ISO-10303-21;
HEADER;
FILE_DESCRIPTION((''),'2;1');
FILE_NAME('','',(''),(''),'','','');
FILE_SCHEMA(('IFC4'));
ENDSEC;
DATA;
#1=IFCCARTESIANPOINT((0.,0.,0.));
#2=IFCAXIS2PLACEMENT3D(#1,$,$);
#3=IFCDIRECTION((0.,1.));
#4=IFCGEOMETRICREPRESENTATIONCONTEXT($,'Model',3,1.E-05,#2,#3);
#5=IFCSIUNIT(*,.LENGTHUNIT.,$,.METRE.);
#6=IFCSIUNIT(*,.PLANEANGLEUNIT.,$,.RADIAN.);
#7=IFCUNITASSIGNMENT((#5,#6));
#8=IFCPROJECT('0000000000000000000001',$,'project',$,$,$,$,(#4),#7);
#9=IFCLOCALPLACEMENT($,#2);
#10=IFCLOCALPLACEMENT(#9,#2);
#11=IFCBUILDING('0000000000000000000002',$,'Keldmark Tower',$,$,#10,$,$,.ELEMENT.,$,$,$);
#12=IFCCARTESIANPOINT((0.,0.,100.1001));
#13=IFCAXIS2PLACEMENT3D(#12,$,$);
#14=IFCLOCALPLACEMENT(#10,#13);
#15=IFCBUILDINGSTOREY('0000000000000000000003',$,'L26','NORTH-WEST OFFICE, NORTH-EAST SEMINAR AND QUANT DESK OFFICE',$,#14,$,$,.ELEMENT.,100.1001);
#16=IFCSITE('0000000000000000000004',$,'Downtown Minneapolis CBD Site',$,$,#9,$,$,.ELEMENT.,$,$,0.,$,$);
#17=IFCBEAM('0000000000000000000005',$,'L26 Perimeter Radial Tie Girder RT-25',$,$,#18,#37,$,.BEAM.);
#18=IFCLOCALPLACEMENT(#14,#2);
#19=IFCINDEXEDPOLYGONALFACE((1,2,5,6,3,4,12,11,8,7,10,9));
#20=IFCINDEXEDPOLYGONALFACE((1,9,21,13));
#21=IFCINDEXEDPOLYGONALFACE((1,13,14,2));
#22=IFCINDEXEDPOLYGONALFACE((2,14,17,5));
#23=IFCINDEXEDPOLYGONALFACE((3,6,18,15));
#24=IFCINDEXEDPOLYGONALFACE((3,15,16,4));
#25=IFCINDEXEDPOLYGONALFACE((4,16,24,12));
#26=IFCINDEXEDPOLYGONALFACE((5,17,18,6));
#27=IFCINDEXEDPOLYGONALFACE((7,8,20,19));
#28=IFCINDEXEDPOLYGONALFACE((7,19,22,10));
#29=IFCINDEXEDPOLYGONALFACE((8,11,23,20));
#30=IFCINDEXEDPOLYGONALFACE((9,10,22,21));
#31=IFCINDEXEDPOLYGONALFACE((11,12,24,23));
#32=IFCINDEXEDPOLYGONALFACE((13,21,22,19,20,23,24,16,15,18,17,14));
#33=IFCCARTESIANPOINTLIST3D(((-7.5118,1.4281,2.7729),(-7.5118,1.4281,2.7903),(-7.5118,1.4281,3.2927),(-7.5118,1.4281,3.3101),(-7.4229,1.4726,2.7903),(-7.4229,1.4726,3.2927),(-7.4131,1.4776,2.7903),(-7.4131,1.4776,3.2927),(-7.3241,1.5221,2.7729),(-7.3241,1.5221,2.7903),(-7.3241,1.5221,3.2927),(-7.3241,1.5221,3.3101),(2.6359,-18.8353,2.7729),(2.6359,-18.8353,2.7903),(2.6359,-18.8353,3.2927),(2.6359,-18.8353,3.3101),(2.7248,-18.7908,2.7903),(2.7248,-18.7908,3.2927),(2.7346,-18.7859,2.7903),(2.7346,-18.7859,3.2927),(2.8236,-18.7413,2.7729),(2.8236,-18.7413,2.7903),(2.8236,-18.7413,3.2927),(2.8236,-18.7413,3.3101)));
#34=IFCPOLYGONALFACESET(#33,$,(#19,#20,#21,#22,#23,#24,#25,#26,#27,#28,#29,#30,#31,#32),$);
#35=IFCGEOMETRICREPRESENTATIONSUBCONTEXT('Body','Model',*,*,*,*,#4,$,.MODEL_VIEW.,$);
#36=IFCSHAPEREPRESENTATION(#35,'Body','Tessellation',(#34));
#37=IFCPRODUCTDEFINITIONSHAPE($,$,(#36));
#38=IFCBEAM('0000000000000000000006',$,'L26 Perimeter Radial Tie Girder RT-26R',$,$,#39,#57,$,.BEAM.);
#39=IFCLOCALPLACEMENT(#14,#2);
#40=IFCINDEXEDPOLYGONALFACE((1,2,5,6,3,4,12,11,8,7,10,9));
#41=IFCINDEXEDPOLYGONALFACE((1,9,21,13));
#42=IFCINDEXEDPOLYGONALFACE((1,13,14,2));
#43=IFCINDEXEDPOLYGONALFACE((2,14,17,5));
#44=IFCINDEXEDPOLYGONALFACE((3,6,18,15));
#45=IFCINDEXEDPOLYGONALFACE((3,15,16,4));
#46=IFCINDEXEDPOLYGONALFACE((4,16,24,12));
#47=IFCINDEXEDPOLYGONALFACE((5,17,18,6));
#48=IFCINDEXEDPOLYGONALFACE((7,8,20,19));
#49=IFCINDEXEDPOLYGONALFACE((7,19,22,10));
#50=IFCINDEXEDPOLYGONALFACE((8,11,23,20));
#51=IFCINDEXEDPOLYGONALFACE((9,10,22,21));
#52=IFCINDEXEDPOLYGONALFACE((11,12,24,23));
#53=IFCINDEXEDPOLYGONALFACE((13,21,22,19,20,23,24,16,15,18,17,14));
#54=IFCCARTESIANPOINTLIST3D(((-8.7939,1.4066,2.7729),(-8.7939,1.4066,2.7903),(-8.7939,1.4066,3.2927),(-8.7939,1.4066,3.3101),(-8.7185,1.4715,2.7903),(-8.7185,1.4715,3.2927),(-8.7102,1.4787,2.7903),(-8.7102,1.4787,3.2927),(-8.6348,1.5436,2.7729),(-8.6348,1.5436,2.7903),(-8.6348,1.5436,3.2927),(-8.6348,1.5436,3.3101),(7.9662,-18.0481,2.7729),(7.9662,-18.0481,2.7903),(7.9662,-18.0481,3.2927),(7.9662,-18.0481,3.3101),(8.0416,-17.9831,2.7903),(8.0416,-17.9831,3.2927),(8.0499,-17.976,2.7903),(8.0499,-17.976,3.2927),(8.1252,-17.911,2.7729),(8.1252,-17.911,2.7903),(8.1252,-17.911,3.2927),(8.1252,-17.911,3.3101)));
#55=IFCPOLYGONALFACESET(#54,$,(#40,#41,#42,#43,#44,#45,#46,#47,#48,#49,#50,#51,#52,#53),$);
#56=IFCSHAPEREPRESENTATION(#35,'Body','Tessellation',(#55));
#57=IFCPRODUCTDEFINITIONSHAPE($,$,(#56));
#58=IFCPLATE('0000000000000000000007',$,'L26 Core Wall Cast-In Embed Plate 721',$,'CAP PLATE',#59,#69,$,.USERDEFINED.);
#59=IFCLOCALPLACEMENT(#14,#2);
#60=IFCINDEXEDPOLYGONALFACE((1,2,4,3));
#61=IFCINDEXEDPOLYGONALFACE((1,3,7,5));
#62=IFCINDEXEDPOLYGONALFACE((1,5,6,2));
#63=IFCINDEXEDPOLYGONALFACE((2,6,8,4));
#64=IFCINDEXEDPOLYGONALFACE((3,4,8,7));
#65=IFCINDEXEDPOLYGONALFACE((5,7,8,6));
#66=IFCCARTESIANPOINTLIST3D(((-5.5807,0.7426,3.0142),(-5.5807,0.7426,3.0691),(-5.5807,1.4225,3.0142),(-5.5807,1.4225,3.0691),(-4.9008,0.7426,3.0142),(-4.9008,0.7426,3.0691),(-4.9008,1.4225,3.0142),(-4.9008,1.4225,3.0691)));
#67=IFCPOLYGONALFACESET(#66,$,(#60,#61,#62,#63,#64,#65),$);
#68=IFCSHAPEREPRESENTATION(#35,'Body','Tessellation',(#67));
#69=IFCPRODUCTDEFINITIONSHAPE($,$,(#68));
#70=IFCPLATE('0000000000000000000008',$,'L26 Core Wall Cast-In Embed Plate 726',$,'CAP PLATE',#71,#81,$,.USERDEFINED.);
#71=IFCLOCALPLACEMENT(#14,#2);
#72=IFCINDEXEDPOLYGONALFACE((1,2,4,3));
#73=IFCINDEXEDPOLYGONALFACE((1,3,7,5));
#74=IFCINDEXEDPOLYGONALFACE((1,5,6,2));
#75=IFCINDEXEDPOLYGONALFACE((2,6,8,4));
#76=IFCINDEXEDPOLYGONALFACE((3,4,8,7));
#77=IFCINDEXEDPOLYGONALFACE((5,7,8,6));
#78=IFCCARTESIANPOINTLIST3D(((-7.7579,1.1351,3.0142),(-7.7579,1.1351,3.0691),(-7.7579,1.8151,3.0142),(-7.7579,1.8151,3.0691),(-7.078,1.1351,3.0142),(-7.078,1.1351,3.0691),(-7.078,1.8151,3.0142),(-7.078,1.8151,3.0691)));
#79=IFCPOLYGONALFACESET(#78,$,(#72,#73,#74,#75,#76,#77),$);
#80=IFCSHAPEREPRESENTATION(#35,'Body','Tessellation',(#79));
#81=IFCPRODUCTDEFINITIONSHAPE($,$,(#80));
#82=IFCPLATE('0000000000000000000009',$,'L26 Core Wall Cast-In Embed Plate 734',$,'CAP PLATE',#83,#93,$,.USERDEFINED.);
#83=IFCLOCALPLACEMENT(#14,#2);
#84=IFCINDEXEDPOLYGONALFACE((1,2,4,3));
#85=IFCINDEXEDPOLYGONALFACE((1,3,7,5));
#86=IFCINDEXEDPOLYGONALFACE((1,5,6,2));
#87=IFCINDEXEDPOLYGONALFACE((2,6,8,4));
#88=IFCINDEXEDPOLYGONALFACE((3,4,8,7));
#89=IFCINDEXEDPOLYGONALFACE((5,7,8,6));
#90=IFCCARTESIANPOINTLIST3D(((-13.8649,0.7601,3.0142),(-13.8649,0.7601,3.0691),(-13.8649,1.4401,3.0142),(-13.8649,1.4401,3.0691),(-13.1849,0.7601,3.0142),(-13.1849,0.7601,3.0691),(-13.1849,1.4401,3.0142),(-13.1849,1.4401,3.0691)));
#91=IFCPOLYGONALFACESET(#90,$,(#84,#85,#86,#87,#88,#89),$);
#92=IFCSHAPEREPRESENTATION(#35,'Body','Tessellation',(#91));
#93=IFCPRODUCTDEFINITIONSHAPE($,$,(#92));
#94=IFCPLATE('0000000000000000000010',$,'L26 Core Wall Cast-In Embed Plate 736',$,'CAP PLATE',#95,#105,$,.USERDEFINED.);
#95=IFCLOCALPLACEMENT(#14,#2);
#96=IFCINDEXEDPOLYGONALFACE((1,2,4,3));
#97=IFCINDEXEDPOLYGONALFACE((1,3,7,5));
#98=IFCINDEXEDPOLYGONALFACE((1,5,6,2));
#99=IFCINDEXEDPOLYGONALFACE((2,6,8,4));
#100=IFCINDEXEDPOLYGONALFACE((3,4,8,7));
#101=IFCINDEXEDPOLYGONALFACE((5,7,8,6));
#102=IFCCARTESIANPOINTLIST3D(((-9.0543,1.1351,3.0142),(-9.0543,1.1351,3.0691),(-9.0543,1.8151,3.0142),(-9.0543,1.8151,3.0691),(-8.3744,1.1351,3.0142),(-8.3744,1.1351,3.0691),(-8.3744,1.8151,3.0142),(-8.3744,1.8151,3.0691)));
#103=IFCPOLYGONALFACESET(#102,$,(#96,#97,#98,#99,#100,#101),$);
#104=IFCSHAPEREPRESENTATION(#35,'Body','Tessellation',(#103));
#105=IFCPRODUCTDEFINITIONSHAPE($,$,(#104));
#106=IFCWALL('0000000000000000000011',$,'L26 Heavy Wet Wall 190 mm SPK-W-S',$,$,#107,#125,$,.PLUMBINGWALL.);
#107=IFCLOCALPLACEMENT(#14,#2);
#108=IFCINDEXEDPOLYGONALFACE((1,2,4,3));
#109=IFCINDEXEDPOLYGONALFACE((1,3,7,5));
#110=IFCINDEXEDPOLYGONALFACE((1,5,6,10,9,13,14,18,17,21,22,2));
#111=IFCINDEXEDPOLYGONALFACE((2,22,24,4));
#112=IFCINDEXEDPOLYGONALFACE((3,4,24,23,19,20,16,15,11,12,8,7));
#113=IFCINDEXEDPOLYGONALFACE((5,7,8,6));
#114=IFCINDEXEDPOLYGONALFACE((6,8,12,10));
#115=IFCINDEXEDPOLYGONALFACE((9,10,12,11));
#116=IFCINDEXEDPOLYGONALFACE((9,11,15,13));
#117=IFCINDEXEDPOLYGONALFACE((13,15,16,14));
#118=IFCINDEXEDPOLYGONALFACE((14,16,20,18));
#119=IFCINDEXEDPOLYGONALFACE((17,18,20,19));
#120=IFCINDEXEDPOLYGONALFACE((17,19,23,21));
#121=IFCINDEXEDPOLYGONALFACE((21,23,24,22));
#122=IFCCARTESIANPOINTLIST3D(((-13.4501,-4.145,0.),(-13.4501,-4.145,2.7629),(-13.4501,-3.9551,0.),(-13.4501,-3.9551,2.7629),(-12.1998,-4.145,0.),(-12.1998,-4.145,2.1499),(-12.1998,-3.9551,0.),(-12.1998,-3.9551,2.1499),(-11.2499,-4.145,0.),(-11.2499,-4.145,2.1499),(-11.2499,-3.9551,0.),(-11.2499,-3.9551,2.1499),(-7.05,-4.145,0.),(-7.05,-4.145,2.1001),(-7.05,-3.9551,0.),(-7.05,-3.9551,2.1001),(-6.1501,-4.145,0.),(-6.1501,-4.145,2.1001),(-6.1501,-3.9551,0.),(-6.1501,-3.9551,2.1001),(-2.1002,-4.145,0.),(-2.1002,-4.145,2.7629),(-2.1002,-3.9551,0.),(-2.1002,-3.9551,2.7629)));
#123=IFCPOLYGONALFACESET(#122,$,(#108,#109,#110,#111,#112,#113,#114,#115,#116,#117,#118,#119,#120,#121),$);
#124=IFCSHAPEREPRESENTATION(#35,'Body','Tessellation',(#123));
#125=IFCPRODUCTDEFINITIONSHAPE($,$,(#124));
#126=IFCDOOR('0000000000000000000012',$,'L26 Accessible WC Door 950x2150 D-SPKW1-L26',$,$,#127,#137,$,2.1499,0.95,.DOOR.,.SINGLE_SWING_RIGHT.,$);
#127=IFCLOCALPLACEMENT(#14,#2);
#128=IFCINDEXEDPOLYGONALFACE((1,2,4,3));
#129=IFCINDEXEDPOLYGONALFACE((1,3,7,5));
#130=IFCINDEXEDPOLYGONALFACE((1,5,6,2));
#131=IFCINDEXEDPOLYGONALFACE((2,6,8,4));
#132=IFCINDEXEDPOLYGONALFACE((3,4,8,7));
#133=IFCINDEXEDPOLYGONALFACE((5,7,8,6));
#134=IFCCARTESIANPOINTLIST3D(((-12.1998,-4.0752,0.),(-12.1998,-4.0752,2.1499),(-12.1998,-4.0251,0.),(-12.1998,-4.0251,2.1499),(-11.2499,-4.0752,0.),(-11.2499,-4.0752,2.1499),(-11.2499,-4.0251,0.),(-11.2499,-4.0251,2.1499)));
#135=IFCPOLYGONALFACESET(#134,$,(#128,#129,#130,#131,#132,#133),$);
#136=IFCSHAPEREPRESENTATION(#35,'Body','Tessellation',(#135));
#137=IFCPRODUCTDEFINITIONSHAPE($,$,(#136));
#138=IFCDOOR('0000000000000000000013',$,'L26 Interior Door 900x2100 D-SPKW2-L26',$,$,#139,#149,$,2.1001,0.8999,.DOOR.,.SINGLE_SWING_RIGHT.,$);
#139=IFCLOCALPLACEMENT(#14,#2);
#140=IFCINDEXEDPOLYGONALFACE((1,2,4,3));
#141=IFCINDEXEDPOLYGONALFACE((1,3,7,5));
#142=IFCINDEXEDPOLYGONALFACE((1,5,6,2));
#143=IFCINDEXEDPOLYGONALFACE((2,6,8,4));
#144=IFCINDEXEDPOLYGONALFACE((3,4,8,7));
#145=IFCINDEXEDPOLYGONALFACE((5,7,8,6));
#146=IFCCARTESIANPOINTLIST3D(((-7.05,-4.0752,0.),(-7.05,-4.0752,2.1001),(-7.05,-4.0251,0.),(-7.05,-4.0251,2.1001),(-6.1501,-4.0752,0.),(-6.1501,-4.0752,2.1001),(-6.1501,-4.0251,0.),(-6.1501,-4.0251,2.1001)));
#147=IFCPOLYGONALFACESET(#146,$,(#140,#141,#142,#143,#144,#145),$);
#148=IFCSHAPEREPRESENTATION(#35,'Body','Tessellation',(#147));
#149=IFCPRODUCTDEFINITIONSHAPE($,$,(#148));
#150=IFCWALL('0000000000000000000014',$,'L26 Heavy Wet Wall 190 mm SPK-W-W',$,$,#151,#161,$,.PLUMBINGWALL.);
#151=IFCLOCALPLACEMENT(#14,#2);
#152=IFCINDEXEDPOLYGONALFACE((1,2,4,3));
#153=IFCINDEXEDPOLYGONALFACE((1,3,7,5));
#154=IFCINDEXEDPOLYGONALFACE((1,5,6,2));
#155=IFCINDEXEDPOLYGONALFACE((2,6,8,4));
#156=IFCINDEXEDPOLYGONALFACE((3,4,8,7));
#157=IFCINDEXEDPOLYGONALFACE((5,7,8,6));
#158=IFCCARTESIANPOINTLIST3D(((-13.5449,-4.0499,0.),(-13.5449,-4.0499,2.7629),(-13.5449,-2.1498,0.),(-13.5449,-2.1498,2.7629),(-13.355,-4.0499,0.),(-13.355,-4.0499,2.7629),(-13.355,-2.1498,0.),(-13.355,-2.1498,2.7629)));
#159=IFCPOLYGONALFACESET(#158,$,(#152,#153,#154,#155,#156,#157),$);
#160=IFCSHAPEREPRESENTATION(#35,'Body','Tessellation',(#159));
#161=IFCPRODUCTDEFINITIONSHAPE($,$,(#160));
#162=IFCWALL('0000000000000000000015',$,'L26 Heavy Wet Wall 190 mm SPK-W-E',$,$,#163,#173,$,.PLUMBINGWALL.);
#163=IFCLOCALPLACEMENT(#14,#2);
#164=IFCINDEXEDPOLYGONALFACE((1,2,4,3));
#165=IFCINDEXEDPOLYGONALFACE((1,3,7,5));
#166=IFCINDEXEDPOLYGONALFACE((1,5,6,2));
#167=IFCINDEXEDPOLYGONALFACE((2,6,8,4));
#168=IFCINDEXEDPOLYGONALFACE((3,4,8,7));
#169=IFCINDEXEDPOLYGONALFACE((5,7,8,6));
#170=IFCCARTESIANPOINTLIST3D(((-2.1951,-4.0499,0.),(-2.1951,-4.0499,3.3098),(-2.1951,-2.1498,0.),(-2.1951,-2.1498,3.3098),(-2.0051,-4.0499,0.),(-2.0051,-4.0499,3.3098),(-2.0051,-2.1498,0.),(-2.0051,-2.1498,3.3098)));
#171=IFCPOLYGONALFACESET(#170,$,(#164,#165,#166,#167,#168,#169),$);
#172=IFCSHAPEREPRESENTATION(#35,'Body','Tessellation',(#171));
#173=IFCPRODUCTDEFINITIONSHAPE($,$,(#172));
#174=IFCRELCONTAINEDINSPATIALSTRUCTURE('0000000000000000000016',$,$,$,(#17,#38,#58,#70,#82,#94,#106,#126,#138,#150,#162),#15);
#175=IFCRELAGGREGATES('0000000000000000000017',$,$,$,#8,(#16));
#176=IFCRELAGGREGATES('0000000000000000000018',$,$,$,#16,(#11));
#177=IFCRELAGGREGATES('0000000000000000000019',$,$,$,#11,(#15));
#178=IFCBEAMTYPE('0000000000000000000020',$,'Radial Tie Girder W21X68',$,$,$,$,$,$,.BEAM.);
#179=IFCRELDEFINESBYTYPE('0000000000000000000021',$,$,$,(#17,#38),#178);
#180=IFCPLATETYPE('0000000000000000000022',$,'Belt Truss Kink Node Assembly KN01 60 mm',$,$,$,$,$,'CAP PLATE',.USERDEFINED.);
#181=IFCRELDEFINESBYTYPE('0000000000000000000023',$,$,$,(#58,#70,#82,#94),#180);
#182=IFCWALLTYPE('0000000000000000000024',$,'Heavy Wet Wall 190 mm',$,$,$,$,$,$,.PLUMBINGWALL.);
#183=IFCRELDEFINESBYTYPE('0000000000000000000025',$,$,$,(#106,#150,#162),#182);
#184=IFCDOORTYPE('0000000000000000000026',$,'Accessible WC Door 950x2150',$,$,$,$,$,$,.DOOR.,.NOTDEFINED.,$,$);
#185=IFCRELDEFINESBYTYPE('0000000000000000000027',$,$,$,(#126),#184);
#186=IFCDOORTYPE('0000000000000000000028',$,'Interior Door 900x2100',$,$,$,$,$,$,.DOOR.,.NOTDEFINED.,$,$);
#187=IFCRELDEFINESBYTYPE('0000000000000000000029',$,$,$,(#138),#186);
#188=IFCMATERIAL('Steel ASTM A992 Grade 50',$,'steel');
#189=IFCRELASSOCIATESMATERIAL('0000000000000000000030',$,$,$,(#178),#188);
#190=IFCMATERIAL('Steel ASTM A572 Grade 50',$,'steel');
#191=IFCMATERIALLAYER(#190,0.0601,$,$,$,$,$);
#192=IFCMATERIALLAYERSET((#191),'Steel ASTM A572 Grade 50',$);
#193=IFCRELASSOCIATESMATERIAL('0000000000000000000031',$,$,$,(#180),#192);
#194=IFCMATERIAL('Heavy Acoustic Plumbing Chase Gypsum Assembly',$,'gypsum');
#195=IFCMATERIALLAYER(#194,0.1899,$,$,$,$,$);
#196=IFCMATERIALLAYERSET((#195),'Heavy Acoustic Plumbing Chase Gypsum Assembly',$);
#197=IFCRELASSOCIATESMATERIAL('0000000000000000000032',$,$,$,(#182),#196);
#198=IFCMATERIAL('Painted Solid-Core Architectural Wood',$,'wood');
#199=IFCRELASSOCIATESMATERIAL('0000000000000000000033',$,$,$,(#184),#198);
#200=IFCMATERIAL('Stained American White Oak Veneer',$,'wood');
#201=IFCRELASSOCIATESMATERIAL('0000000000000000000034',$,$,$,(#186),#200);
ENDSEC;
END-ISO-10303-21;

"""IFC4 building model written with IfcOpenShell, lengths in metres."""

from ifc_helpers import new_model, si_unit, direction, frame, frame_2d, origin, origin_2d, place, context, subcontext, project, spatial, rectangle, i_section, extrude, material, layer, layer_set, material_profile, profile_set, type_object, element, fill, save


model = new_model("IFC4")

# Units and contexts
model_context = context("Model", 3, precision=1e-05, world=origin(), true_north=direction((0.0, 1.0)))
body_context = subcontext(model_context, "Body", "Model", "MODEL_VIEW")
ifc_project = project(units=[si_unit("LENGTHUNIT", "METRE"), si_unit("PLANEANGLEUNIT", "RADIAN")], contexts=[model_context])

# Site, building, storey
site_placement = place(None, origin())
site = spatial("IfcSite", under=ifc_project, at=site_placement, Name="Downtown Minneapolis CBD Site", CompositionType="ELEMENT", RefElevation=0.0)
building_placement = place(site_placement, origin())
building = spatial("IfcBuilding", under=site, at=building_placement, Name="Keldmark Tower", CompositionType="ELEMENT")
storey_placement = place(building_placement, frame((0.0, 0.0, 100.1001)))
storey = spatial("IfcBuildingStorey", under=building, at=storey_placement, Name="L26", Description="NORTH-WEST OFFICE, NORTH-EAST SEMINAR AND QUANT DESK OFFICE", CompositionType="ELEMENT", Elevation=100.1001)

# Beams
ifc_material_1 = material(Name="Steel ASTM A992 Grade 50", Category="steel")
ifc_material_profile_1 = material_profile(ifc_material_1, i_section(OverallWidth=0.21, OverallDepth=0.5371, WebThickness=0.011, FlangeThickness=0.0173, at=origin_2d()), Name="W21X68")
ifc_profile_set_1 = profile_set([ifc_material_profile_1], Name="Steel ASTM A992 Grade 50")
beam_type_1 = type_object("IfcBeamType", Name="Radial Tie Girder W21X68", PredefinedType="BEAM", material=ifc_profile_set_1)
beam_1_placement = place(storey_placement, frame((-7.418, 1.4751, 3.0415), z_axis=(0.447778, -0.894145, 0.0), x_axis=(0.894145, 0.447778, 0.0)))
element("IfcBeam", 1, at=beam_1_placement, inside=storey, type_object=beam_type_1, Name="L26 Perimeter Radial Tie Girder RT-25", PredefinedType="BEAM", context=body_context, shape_type="SweptSolid", body=[
    extrude(i_section(OverallWidth=0.21, OverallDepth=0.5371, WebThickness=0.011, FlangeThickness=0.0173, at=origin_2d()), origin(), (0.0, 0.0, 1.0), 22.6624),
])
beam_2_placement = place(storey_placement, frame((-8.7144, 1.4751, 3.0415), z_axis=(0.65269, -0.757625, 0.0), x_axis=(0.757625, 0.65269, 0.0)))
element("IfcBeam", 2, at=beam_2_placement, inside=storey, type_object=beam_type_1, Name="L26 Perimeter Radial Tie Girder RT-26R", PredefinedType="BEAM", context=body_context, shape_type="SweptSolid", body=[
    extrude(i_section(OverallWidth=0.21, OverallDepth=0.5371, WebThickness=0.011, FlangeThickness=0.0173, at=origin_2d()), origin(), (0.0, 0.0, 1.0), 25.6785),
])

# Plates
ifc_material_2 = material(Name="Steel ASTM A572 Grade 50", Category="steel")
ifc_layer_1 = layer(ifc_material_2, 0.0601)
ifc_layer_set_1 = layer_set([ifc_layer_1], Name="Steel ASTM A572 Grade 50")
plate_type = type_object("IfcPlateType", Name="Belt Truss Kink Node Assembly KN01 60 mm", ElementType="CAP PLATE", PredefinedType="USERDEFINED", material=ifc_layer_set_1)
for number, where, z_axis, x_axis, name in (
    (3, (-5.2407, 1.0825, 3.0142), (0.0, 0.0, 1.0), (1.0, 0.0, 0.0), "L26 Core Wall Cast-In Embed Plate 721"),
    (4, (-7.418, 1.4751, 3.0142), (0.0, 0.0, 1.0), (1.0, 0.0, 0.0), "L26 Core Wall Cast-In Embed Plate 726"),
    (5, (-13.5249, 1.1001, 3.0142), (0.0, 0.0, 1.0), (1.0, 0.0, 0.0), "L26 Core Wall Cast-In Embed Plate 734"),
    (6, (-8.7144, 1.4751, 3.0142), (0.0, 0.0, 1.0), (1.0, 0.0, 0.0), "L26 Core Wall Cast-In Embed Plate 736"),
):
    element("IfcPlate", number, at=place(storey_placement, frame(where, z_axis=z_axis, x_axis=x_axis)), inside=storey, type_object=plate_type, Name=name, ObjectType="CAP PLATE", PredefinedType="USERDEFINED", context=body_context, shape_type="SweptSolid", body=[
        extrude(rectangle(XDim=0.6799, YDim=0.6799, at=origin_2d()), origin(), (0.0, 0.0, 1.0), 0.0549),
    ])

# Wall, openings, doors
ifc_material_3 = material(Name="Heavy Acoustic Plumbing Chase Gypsum Assembly", Category="gypsum")
ifc_layer_2 = layer(ifc_material_3, 0.1899)
ifc_layer_set_2 = layer_set([ifc_layer_2], Name="Heavy Acoustic Plumbing Chase Gypsum Assembly")
wall_type_1 = type_object("IfcWallType", Name="Heavy Wet Wall 190 mm", PredefinedType="PLUMBINGWALL", material=ifc_layer_set_2)
wall_1_placement = place(storey_placement, frame((-13.45, -4.05, 0.0), z_axis=(0.0, 0.0, 1.0), x_axis=(1.0, 0.0, 0.0)))
wall_1 = element("IfcWall", 7, at=wall_1_placement, inside=storey, type_object=wall_type_1, Name="L26 Heavy Wet Wall 190 mm SPK-W-S", PredefinedType="PLUMBINGWALL", context=body_context, shape_type="SweptSolid", body=[
    extrude(rectangle(XDim=11.3499, YDim=0.1899, at=frame_2d((5.6748, 0.0))), origin(), (0.0, 0.0, 1.0), 2.7629),
])
opening_1_placement = place(wall_1_placement, frame((1.25, 0.0, 0.0)))
opening_1 = element("IfcOpeningElement", 8, at=opening_1_placement, cuts=wall_1, PredefinedType="OPENING", context=body_context, shape_type="SweptSolid", body=[
    extrude(rectangle(XDim=0.95, YDim=2.1499, at=frame_2d((0.4751, 1.075))), frame((0.0, 0.105, 0.0), z_axis=(0.0, -1.0, 0.0), x_axis=(1.0, 0.0, 0.0)), (0.0, 0.0, 1.0), 0.21),
])
opening_2_placement = place(wall_1_placement, frame((6.3999, 0.0, 0.0)))
opening_2 = element("IfcOpeningElement", 9, at=opening_2_placement, cuts=wall_1, PredefinedType="OPENING", context=body_context, shape_type="SweptSolid", body=[
    extrude(rectangle(XDim=0.8999, YDim=2.1001, at=frame_2d((0.45, 1.05))), frame((0.0, 0.105, 0.0), z_axis=(0.0, -1.0, 0.0), x_axis=(1.0, 0.0, 0.0)), (0.0, 0.0, 1.0), 0.21),
])
ifc_material_4 = material(Name="Painted Solid-Core Architectural Wood", Category="wood")
door_type_1 = type_object("IfcDoorType", Name="Accessible WC Door 950x2150", OperationType="NOTDEFINED", PredefinedType="DOOR", material=ifc_material_4)
door_1_placement = place(opening_1_placement, origin())
door_1 = element("IfcDoor", 10, at=door_1_placement, inside=storey, type_object=door_type_1, Name="L26 Accessible WC Door 950x2150 D-SPKW1-L26", OperationType="SINGLE_SWING_RIGHT", OverallHeight=2.1499, OverallWidth=0.95, PredefinedType="DOOR", context=body_context, shape_type="SweptSolid", body=[
    extrude(rectangle(XDim=0.95, YDim=2.1499, at=frame_2d((0.4751, 1.075))), frame((0.0, 0.0249, 0.0), z_axis=(0.0, -1.0, 0.0), x_axis=(1.0, 0.0, 0.0)), (0.0, 0.0, 1.0), 0.05),
])
fill(opening_1, door_1)
ifc_material_5 = material(Name="Stained American White Oak Veneer", Category="wood")
door_type_2 = type_object("IfcDoorType", Name="Interior Door 900x2100", OperationType="NOTDEFINED", PredefinedType="DOOR", material=ifc_material_5)
door_2_placement = place(opening_2_placement, origin())
door_2 = element("IfcDoor", 11, at=door_2_placement, inside=storey, type_object=door_type_2, Name="L26 Interior Door 900x2100 D-SPKW2-L26", OperationType="SINGLE_SWING_RIGHT", OverallHeight=2.1001, OverallWidth=0.8999, PredefinedType="DOOR", context=body_context, shape_type="SweptSolid", body=[
    extrude(rectangle(XDim=0.8999, YDim=2.1001, at=frame_2d((0.45, 1.05))), frame((0.0, 0.0249, 0.0), z_axis=(0.0, -1.0, 0.0), x_axis=(1.0, 0.0, 0.0)), (0.0, 0.0, 1.0), 0.05),
])
fill(opening_2, door_2)

# Walls
wall_2_placement = place(storey_placement, frame((-13.45, -4.05, 0.0), z_axis=(0.0, 0.0, 1.0), x_axis=(0.0, 1.0, 0.0)))
element("IfcWall", 12, at=wall_2_placement, inside=storey, type_object=wall_type_1, Name="L26 Heavy Wet Wall 190 mm SPK-W-W", PredefinedType="PLUMBINGWALL", context=body_context, shape_type="SweptSolid", body=[
    extrude(rectangle(XDim=1.9001, YDim=0.1899, at=frame_2d((0.9502, 0.0))), origin(), (0.0, 0.0, 1.0), 2.7629),
])
wall_3_placement = place(storey_placement, frame((-2.1001, -4.05, 0.0), z_axis=(0.0, 0.0, 1.0), x_axis=(0.0, 1.0, 0.0)))
element("IfcWall", 13, at=wall_3_placement, inside=storey, type_object=wall_type_1, Name="L26 Heavy Wet Wall 190 mm SPK-W-E", PredefinedType="PLUMBINGWALL", context=body_context, shape_type="SweptSolid", body=[
    extrude(rectangle(XDim=1.9001, YDim=0.1899, at=frame_2d((0.9502, 0.0))), origin(), (0.0, 0.0, 1.0), 3.3098),
])

save(model, "model.ifc")
